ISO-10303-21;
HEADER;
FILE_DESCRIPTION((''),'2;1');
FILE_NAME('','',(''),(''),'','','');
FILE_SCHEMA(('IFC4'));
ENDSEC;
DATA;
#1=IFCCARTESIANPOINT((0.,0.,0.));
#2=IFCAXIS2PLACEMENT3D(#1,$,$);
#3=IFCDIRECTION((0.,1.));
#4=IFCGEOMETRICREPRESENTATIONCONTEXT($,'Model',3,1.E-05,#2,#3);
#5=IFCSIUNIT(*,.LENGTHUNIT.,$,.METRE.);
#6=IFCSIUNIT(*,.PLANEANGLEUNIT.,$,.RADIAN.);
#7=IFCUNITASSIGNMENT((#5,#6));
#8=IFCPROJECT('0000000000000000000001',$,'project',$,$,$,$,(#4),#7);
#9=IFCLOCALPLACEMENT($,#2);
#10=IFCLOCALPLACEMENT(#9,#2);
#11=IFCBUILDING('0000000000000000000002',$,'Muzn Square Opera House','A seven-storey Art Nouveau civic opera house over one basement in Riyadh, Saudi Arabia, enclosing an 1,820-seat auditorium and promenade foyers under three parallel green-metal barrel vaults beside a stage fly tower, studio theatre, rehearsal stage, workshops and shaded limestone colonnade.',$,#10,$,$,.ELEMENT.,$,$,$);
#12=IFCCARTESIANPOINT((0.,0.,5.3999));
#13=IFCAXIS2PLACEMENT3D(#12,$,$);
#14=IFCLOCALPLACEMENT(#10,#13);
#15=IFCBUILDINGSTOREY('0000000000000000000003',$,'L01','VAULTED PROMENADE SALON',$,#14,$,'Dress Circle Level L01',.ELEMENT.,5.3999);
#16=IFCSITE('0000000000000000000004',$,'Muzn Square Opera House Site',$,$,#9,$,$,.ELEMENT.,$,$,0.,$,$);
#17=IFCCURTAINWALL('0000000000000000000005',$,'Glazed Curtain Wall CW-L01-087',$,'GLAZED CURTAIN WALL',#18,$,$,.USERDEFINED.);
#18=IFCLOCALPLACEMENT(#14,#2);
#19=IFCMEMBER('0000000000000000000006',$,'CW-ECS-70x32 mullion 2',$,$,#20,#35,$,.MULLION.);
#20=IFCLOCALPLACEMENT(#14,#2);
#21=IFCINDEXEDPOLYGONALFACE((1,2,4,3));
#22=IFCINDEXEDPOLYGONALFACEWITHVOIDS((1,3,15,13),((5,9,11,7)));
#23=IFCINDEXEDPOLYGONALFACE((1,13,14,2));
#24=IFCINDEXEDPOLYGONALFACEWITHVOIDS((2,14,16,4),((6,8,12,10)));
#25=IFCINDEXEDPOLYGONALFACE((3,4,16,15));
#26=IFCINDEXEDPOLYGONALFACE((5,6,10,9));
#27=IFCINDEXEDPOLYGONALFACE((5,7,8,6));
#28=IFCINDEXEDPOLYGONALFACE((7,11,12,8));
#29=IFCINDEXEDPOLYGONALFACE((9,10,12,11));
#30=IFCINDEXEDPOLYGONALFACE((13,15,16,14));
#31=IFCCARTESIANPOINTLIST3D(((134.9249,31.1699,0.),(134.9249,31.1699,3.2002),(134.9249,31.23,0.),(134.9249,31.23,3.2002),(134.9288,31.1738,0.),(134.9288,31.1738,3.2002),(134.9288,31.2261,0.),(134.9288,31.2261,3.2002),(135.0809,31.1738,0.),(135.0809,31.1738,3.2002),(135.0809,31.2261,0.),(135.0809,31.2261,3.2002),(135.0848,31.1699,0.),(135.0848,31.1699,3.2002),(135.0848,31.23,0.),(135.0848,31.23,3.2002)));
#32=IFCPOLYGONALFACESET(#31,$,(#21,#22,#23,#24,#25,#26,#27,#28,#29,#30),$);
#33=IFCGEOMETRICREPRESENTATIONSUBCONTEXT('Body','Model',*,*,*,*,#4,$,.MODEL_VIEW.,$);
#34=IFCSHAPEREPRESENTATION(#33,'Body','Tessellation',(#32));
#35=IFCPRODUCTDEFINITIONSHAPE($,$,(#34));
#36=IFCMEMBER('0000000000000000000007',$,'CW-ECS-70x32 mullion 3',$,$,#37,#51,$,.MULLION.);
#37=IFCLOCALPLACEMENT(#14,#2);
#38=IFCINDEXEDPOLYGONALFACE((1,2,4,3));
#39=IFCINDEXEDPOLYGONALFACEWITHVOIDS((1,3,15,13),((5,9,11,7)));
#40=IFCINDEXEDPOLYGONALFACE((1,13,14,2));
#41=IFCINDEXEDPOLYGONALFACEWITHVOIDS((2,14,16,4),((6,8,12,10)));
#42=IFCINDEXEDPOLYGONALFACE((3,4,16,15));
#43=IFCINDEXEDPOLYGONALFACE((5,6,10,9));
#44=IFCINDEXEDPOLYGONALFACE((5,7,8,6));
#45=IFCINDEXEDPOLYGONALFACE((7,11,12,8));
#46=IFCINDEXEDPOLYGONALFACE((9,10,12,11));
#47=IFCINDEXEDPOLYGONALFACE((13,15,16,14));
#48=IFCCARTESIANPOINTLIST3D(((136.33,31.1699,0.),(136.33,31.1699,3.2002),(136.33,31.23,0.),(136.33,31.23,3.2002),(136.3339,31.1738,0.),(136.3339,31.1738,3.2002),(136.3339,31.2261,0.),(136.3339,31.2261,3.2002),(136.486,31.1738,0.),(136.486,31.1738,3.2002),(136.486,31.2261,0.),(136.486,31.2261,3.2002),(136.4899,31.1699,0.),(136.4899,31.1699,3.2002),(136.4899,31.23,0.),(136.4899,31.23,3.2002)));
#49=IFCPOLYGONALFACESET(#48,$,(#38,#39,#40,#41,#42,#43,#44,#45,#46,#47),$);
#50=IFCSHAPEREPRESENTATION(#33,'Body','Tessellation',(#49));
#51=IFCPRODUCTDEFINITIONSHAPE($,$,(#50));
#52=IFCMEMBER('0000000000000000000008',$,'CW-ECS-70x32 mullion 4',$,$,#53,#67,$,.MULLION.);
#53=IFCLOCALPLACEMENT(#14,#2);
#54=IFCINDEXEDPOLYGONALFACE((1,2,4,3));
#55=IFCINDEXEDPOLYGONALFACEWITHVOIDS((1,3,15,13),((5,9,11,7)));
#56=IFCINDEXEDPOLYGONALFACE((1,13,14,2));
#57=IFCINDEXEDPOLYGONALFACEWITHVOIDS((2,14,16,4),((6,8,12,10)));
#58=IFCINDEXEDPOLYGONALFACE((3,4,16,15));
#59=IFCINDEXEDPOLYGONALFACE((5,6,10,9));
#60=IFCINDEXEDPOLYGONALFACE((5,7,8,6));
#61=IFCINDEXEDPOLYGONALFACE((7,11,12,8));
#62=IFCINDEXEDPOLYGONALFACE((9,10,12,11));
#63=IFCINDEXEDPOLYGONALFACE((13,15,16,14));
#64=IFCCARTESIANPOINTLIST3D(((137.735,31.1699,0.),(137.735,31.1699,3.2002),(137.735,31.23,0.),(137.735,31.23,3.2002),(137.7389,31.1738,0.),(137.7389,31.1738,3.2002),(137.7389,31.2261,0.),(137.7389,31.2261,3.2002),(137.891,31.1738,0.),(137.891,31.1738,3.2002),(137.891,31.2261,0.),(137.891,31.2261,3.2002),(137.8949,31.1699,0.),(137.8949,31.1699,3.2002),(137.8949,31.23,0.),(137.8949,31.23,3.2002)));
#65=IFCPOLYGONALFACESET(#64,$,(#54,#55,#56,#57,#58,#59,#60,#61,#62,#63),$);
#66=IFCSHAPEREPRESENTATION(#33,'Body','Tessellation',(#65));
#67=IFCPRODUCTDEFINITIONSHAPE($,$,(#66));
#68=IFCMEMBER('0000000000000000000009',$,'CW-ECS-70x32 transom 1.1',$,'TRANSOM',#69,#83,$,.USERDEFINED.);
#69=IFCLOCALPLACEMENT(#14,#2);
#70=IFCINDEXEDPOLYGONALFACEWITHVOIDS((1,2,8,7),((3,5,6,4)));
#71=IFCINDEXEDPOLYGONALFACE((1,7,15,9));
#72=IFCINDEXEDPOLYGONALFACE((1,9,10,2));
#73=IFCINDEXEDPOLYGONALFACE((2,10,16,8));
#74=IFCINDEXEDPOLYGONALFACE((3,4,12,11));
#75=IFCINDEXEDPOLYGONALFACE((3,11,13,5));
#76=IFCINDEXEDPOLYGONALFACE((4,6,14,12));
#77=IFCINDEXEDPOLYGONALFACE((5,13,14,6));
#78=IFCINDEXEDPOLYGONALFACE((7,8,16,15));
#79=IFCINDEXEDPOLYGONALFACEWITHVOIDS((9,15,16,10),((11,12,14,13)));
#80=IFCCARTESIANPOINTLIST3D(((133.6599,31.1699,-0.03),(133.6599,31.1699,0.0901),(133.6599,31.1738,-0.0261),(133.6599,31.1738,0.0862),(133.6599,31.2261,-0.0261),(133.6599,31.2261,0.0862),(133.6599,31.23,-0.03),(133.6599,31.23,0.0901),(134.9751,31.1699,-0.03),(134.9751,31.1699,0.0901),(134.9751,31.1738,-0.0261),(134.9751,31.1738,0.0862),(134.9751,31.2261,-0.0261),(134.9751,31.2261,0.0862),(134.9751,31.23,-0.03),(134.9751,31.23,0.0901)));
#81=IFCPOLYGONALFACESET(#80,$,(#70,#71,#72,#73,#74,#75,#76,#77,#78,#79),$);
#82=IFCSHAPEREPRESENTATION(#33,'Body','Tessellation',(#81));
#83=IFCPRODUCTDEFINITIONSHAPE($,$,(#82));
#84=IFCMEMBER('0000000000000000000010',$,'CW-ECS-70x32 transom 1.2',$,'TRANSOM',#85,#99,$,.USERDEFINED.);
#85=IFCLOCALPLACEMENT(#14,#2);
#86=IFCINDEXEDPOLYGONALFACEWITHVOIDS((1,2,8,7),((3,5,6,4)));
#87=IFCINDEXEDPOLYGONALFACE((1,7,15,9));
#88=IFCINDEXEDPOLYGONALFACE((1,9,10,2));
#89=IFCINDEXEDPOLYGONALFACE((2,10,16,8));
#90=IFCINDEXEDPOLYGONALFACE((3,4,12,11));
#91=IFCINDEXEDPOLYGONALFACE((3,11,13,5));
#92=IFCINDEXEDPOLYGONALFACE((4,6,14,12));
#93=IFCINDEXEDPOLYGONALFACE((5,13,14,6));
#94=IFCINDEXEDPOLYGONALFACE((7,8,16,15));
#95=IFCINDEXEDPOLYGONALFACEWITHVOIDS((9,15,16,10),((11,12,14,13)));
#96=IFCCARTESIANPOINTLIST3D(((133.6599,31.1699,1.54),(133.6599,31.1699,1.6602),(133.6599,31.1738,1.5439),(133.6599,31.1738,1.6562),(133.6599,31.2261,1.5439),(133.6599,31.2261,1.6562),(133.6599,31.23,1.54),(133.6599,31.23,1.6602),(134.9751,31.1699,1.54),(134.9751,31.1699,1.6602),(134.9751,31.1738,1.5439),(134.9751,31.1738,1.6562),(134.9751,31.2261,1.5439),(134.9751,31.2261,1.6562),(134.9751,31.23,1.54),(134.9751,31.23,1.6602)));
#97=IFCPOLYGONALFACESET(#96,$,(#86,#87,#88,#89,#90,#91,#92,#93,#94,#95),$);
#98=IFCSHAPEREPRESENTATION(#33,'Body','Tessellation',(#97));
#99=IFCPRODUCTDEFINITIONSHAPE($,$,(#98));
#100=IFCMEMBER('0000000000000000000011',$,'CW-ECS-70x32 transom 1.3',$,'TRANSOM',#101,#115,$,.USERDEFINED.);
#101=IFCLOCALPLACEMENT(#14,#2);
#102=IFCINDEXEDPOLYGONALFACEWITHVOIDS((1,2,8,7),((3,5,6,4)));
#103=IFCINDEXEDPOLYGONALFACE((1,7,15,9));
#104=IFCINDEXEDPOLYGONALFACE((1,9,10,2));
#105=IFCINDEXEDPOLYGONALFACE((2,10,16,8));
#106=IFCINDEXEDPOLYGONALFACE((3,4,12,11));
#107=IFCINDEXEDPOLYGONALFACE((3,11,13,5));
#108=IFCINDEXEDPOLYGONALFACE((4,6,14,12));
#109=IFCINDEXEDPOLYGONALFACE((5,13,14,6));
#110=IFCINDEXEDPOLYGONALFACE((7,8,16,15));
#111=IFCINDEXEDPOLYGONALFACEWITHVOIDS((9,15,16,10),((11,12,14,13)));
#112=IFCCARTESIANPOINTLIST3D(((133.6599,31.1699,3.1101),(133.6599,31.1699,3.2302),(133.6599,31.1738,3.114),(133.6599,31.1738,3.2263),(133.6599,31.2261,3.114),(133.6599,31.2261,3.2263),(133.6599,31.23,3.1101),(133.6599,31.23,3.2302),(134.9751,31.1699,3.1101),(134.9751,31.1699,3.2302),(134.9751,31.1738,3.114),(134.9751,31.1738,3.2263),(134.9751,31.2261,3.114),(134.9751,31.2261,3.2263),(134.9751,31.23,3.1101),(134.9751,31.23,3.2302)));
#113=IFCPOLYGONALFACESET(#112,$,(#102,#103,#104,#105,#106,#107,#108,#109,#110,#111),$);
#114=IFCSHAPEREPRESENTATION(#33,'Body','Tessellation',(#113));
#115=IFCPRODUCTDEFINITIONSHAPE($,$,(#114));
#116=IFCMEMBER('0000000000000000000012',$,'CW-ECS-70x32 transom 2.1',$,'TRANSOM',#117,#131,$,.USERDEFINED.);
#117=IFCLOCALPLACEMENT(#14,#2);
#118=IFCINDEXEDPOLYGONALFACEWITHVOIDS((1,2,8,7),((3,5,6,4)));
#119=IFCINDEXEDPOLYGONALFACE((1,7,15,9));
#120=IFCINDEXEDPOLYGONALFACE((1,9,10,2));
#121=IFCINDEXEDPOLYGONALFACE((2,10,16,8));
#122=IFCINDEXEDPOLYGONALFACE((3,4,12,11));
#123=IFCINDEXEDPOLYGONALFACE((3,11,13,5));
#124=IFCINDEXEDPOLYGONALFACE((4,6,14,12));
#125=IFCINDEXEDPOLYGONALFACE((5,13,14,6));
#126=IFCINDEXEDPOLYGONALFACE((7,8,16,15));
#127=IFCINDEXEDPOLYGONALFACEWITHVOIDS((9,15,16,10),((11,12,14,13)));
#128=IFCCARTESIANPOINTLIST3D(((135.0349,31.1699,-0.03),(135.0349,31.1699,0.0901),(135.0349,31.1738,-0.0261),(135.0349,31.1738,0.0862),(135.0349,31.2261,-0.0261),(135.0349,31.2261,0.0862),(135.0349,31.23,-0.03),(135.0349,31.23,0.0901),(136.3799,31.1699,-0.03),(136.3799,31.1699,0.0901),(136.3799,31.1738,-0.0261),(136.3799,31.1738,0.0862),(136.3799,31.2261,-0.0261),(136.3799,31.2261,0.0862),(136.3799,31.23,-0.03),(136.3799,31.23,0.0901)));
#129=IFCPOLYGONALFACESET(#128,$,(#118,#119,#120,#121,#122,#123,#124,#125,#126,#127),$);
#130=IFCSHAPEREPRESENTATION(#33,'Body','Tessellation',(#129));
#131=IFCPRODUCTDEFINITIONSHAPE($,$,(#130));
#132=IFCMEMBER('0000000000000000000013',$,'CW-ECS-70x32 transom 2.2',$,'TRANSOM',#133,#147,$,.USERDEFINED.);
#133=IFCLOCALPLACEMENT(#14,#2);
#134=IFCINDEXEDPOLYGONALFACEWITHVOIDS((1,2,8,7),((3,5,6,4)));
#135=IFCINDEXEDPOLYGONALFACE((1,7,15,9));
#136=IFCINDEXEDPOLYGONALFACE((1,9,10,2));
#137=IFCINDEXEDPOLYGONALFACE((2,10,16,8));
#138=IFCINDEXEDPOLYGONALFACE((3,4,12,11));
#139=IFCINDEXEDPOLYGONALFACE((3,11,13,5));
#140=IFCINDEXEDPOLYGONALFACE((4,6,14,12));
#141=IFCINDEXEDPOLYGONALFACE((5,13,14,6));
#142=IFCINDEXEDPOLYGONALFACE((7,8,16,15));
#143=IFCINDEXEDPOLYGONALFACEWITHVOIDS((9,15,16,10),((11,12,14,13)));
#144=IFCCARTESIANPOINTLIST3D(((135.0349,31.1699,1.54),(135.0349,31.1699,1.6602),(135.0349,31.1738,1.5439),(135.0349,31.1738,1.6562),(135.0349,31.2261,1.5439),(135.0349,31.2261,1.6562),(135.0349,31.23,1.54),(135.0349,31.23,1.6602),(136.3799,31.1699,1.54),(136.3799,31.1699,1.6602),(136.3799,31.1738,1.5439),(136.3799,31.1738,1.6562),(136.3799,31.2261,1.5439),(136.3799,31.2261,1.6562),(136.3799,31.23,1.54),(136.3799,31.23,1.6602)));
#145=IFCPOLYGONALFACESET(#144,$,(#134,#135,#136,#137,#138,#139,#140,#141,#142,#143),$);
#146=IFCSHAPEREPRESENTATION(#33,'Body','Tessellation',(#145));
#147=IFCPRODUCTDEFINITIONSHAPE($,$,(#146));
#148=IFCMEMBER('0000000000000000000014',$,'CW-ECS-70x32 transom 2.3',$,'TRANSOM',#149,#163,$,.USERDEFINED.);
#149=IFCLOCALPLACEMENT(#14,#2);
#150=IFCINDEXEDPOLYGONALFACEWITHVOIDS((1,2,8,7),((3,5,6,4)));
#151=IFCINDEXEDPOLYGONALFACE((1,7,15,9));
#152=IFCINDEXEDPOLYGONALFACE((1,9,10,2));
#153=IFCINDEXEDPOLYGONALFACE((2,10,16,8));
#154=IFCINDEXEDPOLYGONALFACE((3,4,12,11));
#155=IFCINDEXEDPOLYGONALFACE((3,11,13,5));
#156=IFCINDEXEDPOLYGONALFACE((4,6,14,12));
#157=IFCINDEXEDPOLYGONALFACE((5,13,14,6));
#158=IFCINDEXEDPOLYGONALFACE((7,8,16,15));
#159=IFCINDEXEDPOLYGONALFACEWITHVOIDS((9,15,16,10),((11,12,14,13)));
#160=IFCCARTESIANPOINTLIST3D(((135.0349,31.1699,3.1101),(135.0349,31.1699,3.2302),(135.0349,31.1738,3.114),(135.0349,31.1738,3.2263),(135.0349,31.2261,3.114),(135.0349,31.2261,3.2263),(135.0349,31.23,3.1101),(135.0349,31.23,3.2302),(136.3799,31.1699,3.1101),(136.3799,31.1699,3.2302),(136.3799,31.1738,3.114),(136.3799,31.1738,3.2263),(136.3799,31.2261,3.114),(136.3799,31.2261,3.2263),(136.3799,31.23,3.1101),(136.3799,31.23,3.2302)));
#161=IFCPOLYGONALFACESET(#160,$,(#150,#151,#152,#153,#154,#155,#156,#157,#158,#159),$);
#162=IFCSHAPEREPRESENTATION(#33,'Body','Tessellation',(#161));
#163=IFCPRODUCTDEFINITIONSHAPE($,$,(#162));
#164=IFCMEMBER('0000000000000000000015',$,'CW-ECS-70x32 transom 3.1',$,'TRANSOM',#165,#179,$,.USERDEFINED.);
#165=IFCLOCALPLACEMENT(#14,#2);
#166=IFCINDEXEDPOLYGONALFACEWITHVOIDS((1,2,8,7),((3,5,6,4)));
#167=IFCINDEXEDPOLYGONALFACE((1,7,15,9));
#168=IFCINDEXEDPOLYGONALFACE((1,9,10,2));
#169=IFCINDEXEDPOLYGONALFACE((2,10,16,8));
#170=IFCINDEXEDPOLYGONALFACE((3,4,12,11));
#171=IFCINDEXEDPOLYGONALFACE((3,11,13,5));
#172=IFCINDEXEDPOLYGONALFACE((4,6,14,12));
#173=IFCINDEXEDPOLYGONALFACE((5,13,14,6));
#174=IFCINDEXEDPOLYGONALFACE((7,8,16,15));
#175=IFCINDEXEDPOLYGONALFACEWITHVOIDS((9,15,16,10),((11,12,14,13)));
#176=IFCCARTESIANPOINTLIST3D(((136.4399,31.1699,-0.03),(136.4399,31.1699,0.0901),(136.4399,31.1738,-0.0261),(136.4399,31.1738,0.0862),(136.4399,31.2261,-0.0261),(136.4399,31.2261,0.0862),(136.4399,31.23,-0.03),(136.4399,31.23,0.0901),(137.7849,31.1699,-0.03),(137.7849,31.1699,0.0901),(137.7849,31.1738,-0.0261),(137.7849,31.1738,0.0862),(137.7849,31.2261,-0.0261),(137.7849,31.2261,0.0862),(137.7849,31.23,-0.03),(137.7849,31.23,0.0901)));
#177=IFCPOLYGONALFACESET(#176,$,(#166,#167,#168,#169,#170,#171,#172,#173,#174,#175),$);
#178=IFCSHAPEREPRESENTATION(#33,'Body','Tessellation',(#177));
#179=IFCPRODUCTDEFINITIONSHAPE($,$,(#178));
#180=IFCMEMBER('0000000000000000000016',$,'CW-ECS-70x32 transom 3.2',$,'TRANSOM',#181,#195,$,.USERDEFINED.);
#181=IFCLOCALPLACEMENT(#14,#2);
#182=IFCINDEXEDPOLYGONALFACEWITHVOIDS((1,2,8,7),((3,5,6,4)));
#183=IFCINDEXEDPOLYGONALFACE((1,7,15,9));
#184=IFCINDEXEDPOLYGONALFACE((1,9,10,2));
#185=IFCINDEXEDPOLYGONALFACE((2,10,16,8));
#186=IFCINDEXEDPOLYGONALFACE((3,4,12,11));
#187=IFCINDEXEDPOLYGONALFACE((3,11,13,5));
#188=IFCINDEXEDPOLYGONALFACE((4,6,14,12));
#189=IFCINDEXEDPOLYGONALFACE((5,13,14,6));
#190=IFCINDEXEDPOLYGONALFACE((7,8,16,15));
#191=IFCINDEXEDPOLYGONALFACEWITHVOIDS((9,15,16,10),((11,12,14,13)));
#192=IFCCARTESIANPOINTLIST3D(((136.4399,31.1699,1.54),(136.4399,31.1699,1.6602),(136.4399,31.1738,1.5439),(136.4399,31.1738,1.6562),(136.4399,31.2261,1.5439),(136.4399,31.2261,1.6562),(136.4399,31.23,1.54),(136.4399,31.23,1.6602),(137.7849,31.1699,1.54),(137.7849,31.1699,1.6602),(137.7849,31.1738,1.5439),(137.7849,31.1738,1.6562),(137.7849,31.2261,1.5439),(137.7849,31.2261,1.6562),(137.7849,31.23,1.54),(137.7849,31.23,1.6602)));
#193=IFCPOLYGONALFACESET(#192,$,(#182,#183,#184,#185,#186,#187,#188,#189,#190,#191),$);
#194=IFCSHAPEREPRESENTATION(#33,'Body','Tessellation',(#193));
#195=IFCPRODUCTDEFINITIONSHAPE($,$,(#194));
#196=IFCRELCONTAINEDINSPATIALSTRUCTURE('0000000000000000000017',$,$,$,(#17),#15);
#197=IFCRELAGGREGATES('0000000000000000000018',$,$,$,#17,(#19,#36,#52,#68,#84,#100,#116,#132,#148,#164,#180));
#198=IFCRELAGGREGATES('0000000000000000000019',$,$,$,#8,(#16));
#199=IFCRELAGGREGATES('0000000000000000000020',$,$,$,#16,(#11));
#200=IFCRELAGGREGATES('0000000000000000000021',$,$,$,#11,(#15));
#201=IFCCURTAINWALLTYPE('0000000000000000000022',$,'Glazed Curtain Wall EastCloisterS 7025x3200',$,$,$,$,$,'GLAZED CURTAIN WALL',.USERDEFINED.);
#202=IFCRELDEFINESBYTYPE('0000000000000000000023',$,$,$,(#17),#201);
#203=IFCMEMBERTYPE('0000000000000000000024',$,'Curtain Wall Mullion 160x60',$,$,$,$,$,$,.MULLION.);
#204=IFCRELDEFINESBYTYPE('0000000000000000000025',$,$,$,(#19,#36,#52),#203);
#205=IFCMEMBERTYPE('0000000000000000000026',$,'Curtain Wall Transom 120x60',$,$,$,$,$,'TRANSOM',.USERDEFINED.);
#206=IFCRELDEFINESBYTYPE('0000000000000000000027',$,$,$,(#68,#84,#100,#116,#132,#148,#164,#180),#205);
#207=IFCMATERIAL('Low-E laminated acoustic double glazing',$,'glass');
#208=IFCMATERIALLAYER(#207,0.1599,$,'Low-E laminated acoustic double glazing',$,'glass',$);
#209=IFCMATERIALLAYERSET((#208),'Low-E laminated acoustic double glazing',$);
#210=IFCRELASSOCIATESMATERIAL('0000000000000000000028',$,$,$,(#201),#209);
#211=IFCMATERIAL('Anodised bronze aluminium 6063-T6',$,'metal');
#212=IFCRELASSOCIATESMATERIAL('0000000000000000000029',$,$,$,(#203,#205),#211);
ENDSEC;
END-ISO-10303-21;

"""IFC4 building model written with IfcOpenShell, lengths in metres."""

from ifc_helpers import new_model, si_unit, direction, frame, origin, origin_2d, place, context, subcontext, project, spatial, hollow_rectangle, extrude, material, layer, layer_set, material_profile, profile_set, type_object, element, aggregate, save


model = new_model("IFC4")

# Units and contexts
model_context = context("Model", 3, precision=1e-05, world=origin(), true_north=direction((0.0, 1.0)))
body_context = subcontext(model_context, "Body", "Model", "MODEL_VIEW")
ifc_project = project(units=[si_unit("LENGTHUNIT", "METRE"), si_unit("PLANEANGLEUNIT", "RADIAN")], contexts=[model_context])

# Site, building, storey
site_placement = place(None, origin())
site = spatial("IfcSite", under=ifc_project, at=site_placement, Name="Muzn Square Opera House Site", CompositionType="ELEMENT", RefElevation=0.0)
building_placement = place(site_placement, origin())
building = spatial("IfcBuilding", under=site, at=building_placement, Name="Muzn Square Opera House", Description="A seven-storey Art Nouveau civic opera house over one basement in Riyadh, Saudi Arabia, enclosing an 1,820-seat auditorium and promenade foyers under three parallel green-metal barrel vaults beside a stage fly tower, studio theatre, rehearsal stage, workshops and shaded limestone colonnade.", CompositionType="ELEMENT")
storey_placement = place(building_placement, frame((0.0, 0.0, 5.3999)))
storey = spatial("IfcBuildingStorey", under=building, at=storey_placement, Name="L01", Description="VAULTED PROMENADE SALON", LongName="Dress Circle Level L01", CompositionType="ELEMENT", Elevation=5.3999)

# Curtain wall, members
ifc_material_1 = material(Name="Low-E laminated acoustic double glazing", Category="glass")
ifc_layer_1 = layer(ifc_material_1, 0.1599, Name="Low-E laminated acoustic double glazing", Category="glass")
ifc_layer_set_1 = layer_set([ifc_layer_1], Name="Low-E laminated acoustic double glazing")
curtain_wall_type = type_object("IfcCurtainWallType", Name="Glazed Curtain Wall EastCloisterS 7025x3200", ElementType="GLAZED CURTAIN WALL", PredefinedType="USERDEFINED", material=ifc_layer_set_1)
curtain_wall_placement = place(storey_placement, origin())
curtain_wall = element("IfcCurtainWall", 1, at=curtain_wall_placement, inside=storey, type_object=curtain_wall_type, Name="Glazed Curtain Wall CW-L01-087", ObjectType="GLAZED CURTAIN WALL", PredefinedType="USERDEFINED")
ifc_material_2 = material(Name="Anodised bronze aluminium 6063-T6", Category="metal")
ifc_material_profile_1 = material_profile(ifc_material_2, hollow_rectangle(XDim=0.0601, YDim=0.1599, WallThickness=0.0039, at=origin_2d()), Name="ALU 160x60x4", Category="metal")
ifc_profile_set_1 = profile_set([ifc_material_profile_1], Name="Anodised bronze aluminium 6063-T6")
member_type_1 = type_object("IfcMemberType", Name="Curtain Wall Mullion 160x60", PredefinedType="MULLION", material=ifc_profile_set_1)
member_1_placement = place(storey_placement, frame((135.0049, 31.2, 0.0), z_axis=(0.0, 0.0, 1.0), x_axis=(0.0, 1.0, 0.0)))
member_1 = element("IfcMember", 2, at=member_1_placement, type_object=member_type_1, Name="CW-ECS-70x32 mullion 2", PredefinedType="MULLION", context=body_context, shape_type="SweptSolid", body=[
    extrude(hollow_rectangle(XDim=0.0601, YDim=0.1599, WallThickness=0.0039, at=origin_2d()), origin(), (0.0, 0.0, 1.0), 3.2002),
])
member_2_placement = place(storey_placement, frame((136.4099, 31.2, 0.0), z_axis=(0.0, 0.0, 1.0), x_axis=(0.0, 1.0, 0.0)))
member_2 = element("IfcMember", 3, at=member_2_placement, type_object=member_type_1, Name="CW-ECS-70x32 mullion 3", PredefinedType="MULLION", context=body_context, shape_type="SweptSolid", body=[
    extrude(hollow_rectangle(XDim=0.0601, YDim=0.1599, WallThickness=0.0039, at=origin_2d()), origin(), (0.0, 0.0, 1.0), 3.2002),
])
member_3_placement = place(storey_placement, frame((137.8149, 31.2, 0.0), z_axis=(0.0, 0.0, 1.0), x_axis=(0.0, 1.0, 0.0)))
member_3 = element("IfcMember", 4, at=member_3_placement, type_object=member_type_1, Name="CW-ECS-70x32 mullion 4", PredefinedType="MULLION", context=body_context, shape_type="SweptSolid", body=[
    extrude(hollow_rectangle(XDim=0.0601, YDim=0.1599, WallThickness=0.0039, at=origin_2d()), origin(), (0.0, 0.0, 1.0), 3.2002),
])
ifc_material_profile_2 = material_profile(ifc_material_2, hollow_rectangle(XDim=0.0601, YDim=0.1201, WallThickness=0.0039, at=origin_2d()), Name="ALU 120x60x4", Category="metal")
ifc_profile_set_2 = profile_set([ifc_material_profile_2], Name="Anodised bronze aluminium 6063-T6")
member_type_2 = type_object("IfcMemberType", Name="Curtain Wall Transom 120x60", ElementType="TRANSOM", PredefinedType="USERDEFINED", material=ifc_profile_set_2)
member_4_placement = place(storey_placement, frame((133.6599, 31.2, 0.03), z_axis=(1.0, 0.0, 0.0), x_axis=(0.0, 1.0, 0.0)))
member_4 = element("IfcMember", 5, at=member_4_placement, type_object=member_type_2, Name="CW-ECS-70x32 transom 1.1", ObjectType="TRANSOM", PredefinedType="USERDEFINED", context=body_context, shape_type="SweptSolid", body=[
    extrude(hollow_rectangle(XDim=0.0601, YDim=0.1201, WallThickness=0.0039, at=origin_2d()), origin(), (0.0, 0.0, 1.0), 1.3152),
])
member_5_placement = place(storey_placement, frame((133.6599, 31.2, 1.6001), z_axis=(1.0, 0.0, 0.0), x_axis=(0.0, 1.0, 0.0)))
member_5 = element("IfcMember", 6, at=member_5_placement, type_object=member_type_2, Name="CW-ECS-70x32 transom 1.2", ObjectType="TRANSOM", PredefinedType="USERDEFINED", context=body_context, shape_type="SweptSolid", body=[
    extrude(hollow_rectangle(XDim=0.0601, YDim=0.1201, WallThickness=0.0039, at=origin_2d()), origin(), (0.0, 0.0, 1.0), 1.3152),
])
member_6_placement = place(storey_placement, frame((133.6599, 31.2, 3.1702), z_axis=(1.0, 0.0, 0.0), x_axis=(0.0, 1.0, 0.0)))
member_6 = element("IfcMember", 7, at=member_6_placement, type_object=member_type_2, Name="CW-ECS-70x32 transom 1.3", ObjectType="TRANSOM", PredefinedType="USERDEFINED", context=body_context, shape_type="SweptSolid", body=[
    extrude(hollow_rectangle(XDim=0.0601, YDim=0.1201, WallThickness=0.0039, at=origin_2d()), origin(), (0.0, 0.0, 1.0), 1.3152),
])
member_7_placement = place(storey_placement, frame((135.0349, 31.2, 0.03), z_axis=(1.0, 0.0, 0.0), x_axis=(0.0, 1.0, 0.0)))
member_7 = element("IfcMember", 8, at=member_7_placement, type_object=member_type_2, Name="CW-ECS-70x32 transom 2.1", ObjectType="TRANSOM", PredefinedType="USERDEFINED", context=body_context, shape_type="SweptSolid", body=[
    extrude(hollow_rectangle(XDim=0.0601, YDim=0.1201, WallThickness=0.0039, at=origin_2d()), origin(), (0.0, 0.0, 1.0), 1.345),
])
member_8_placement = place(storey_placement, frame((135.0349, 31.2, 1.6001), z_axis=(1.0, 0.0, 0.0), x_axis=(0.0, 1.0, 0.0)))
member_8 = element("IfcMember", 9, at=member_8_placement, type_object=member_type_2, Name="CW-ECS-70x32 transom 2.2", ObjectType="TRANSOM", PredefinedType="USERDEFINED", context=body_context, shape_type="SweptSolid", body=[
    extrude(hollow_rectangle(XDim=0.0601, YDim=0.1201, WallThickness=0.0039, at=origin_2d()), origin(), (0.0, 0.0, 1.0), 1.345),
])
member_9_placement = place(storey_placement, frame((135.0349, 31.2, 3.1702), z_axis=(1.0, 0.0, 0.0), x_axis=(0.0, 1.0, 0.0)))
member_9 = element("IfcMember", 10, at=member_9_placement, type_object=member_type_2, Name="CW-ECS-70x32 transom 2.3", ObjectType="TRANSOM", PredefinedType="USERDEFINED", context=body_context, shape_type="SweptSolid", body=[
    extrude(hollow_rectangle(XDim=0.0601, YDim=0.1201, WallThickness=0.0039, at=origin_2d()), origin(), (0.0, 0.0, 1.0), 1.345),
])
member_10_placement = place(storey_placement, frame((136.4399, 31.2, 0.03), z_axis=(1.0, 0.0, 0.0), x_axis=(0.0, 1.0, 0.0)))
member_10 = element("IfcMember", 11, at=member_10_placement, type_object=member_type_2, Name="CW-ECS-70x32 transom 3.1", ObjectType="TRANSOM", PredefinedType="USERDEFINED", context=body_context, shape_type="SweptSolid", body=[
    extrude(hollow_rectangle(XDim=0.0601, YDim=0.1201, WallThickness=0.0039, at=origin_2d()), origin(), (0.0, 0.0, 1.0), 1.345),
])
member_11_placement = place(storey_placement, frame((136.4399, 31.2, 1.6001), z_axis=(1.0, 0.0, 0.0), x_axis=(0.0, 1.0, 0.0)))
member_11 = element("IfcMember", 12, at=member_11_placement, type_object=member_type_2, Name="CW-ECS-70x32 transom 3.2", ObjectType="TRANSOM", PredefinedType="USERDEFINED", context=body_context, shape_type="SweptSolid", body=[
    extrude(hollow_rectangle(XDim=0.0601, YDim=0.1201, WallThickness=0.0039, at=origin_2d()), origin(), (0.0, 0.0, 1.0), 1.345),
])
aggregate(curtain_wall, [member_1, member_2, member_3, member_4, member_5, member_6, member_7, member_8, member_9, member_10, member_11])

save(model, "model.ifc")
